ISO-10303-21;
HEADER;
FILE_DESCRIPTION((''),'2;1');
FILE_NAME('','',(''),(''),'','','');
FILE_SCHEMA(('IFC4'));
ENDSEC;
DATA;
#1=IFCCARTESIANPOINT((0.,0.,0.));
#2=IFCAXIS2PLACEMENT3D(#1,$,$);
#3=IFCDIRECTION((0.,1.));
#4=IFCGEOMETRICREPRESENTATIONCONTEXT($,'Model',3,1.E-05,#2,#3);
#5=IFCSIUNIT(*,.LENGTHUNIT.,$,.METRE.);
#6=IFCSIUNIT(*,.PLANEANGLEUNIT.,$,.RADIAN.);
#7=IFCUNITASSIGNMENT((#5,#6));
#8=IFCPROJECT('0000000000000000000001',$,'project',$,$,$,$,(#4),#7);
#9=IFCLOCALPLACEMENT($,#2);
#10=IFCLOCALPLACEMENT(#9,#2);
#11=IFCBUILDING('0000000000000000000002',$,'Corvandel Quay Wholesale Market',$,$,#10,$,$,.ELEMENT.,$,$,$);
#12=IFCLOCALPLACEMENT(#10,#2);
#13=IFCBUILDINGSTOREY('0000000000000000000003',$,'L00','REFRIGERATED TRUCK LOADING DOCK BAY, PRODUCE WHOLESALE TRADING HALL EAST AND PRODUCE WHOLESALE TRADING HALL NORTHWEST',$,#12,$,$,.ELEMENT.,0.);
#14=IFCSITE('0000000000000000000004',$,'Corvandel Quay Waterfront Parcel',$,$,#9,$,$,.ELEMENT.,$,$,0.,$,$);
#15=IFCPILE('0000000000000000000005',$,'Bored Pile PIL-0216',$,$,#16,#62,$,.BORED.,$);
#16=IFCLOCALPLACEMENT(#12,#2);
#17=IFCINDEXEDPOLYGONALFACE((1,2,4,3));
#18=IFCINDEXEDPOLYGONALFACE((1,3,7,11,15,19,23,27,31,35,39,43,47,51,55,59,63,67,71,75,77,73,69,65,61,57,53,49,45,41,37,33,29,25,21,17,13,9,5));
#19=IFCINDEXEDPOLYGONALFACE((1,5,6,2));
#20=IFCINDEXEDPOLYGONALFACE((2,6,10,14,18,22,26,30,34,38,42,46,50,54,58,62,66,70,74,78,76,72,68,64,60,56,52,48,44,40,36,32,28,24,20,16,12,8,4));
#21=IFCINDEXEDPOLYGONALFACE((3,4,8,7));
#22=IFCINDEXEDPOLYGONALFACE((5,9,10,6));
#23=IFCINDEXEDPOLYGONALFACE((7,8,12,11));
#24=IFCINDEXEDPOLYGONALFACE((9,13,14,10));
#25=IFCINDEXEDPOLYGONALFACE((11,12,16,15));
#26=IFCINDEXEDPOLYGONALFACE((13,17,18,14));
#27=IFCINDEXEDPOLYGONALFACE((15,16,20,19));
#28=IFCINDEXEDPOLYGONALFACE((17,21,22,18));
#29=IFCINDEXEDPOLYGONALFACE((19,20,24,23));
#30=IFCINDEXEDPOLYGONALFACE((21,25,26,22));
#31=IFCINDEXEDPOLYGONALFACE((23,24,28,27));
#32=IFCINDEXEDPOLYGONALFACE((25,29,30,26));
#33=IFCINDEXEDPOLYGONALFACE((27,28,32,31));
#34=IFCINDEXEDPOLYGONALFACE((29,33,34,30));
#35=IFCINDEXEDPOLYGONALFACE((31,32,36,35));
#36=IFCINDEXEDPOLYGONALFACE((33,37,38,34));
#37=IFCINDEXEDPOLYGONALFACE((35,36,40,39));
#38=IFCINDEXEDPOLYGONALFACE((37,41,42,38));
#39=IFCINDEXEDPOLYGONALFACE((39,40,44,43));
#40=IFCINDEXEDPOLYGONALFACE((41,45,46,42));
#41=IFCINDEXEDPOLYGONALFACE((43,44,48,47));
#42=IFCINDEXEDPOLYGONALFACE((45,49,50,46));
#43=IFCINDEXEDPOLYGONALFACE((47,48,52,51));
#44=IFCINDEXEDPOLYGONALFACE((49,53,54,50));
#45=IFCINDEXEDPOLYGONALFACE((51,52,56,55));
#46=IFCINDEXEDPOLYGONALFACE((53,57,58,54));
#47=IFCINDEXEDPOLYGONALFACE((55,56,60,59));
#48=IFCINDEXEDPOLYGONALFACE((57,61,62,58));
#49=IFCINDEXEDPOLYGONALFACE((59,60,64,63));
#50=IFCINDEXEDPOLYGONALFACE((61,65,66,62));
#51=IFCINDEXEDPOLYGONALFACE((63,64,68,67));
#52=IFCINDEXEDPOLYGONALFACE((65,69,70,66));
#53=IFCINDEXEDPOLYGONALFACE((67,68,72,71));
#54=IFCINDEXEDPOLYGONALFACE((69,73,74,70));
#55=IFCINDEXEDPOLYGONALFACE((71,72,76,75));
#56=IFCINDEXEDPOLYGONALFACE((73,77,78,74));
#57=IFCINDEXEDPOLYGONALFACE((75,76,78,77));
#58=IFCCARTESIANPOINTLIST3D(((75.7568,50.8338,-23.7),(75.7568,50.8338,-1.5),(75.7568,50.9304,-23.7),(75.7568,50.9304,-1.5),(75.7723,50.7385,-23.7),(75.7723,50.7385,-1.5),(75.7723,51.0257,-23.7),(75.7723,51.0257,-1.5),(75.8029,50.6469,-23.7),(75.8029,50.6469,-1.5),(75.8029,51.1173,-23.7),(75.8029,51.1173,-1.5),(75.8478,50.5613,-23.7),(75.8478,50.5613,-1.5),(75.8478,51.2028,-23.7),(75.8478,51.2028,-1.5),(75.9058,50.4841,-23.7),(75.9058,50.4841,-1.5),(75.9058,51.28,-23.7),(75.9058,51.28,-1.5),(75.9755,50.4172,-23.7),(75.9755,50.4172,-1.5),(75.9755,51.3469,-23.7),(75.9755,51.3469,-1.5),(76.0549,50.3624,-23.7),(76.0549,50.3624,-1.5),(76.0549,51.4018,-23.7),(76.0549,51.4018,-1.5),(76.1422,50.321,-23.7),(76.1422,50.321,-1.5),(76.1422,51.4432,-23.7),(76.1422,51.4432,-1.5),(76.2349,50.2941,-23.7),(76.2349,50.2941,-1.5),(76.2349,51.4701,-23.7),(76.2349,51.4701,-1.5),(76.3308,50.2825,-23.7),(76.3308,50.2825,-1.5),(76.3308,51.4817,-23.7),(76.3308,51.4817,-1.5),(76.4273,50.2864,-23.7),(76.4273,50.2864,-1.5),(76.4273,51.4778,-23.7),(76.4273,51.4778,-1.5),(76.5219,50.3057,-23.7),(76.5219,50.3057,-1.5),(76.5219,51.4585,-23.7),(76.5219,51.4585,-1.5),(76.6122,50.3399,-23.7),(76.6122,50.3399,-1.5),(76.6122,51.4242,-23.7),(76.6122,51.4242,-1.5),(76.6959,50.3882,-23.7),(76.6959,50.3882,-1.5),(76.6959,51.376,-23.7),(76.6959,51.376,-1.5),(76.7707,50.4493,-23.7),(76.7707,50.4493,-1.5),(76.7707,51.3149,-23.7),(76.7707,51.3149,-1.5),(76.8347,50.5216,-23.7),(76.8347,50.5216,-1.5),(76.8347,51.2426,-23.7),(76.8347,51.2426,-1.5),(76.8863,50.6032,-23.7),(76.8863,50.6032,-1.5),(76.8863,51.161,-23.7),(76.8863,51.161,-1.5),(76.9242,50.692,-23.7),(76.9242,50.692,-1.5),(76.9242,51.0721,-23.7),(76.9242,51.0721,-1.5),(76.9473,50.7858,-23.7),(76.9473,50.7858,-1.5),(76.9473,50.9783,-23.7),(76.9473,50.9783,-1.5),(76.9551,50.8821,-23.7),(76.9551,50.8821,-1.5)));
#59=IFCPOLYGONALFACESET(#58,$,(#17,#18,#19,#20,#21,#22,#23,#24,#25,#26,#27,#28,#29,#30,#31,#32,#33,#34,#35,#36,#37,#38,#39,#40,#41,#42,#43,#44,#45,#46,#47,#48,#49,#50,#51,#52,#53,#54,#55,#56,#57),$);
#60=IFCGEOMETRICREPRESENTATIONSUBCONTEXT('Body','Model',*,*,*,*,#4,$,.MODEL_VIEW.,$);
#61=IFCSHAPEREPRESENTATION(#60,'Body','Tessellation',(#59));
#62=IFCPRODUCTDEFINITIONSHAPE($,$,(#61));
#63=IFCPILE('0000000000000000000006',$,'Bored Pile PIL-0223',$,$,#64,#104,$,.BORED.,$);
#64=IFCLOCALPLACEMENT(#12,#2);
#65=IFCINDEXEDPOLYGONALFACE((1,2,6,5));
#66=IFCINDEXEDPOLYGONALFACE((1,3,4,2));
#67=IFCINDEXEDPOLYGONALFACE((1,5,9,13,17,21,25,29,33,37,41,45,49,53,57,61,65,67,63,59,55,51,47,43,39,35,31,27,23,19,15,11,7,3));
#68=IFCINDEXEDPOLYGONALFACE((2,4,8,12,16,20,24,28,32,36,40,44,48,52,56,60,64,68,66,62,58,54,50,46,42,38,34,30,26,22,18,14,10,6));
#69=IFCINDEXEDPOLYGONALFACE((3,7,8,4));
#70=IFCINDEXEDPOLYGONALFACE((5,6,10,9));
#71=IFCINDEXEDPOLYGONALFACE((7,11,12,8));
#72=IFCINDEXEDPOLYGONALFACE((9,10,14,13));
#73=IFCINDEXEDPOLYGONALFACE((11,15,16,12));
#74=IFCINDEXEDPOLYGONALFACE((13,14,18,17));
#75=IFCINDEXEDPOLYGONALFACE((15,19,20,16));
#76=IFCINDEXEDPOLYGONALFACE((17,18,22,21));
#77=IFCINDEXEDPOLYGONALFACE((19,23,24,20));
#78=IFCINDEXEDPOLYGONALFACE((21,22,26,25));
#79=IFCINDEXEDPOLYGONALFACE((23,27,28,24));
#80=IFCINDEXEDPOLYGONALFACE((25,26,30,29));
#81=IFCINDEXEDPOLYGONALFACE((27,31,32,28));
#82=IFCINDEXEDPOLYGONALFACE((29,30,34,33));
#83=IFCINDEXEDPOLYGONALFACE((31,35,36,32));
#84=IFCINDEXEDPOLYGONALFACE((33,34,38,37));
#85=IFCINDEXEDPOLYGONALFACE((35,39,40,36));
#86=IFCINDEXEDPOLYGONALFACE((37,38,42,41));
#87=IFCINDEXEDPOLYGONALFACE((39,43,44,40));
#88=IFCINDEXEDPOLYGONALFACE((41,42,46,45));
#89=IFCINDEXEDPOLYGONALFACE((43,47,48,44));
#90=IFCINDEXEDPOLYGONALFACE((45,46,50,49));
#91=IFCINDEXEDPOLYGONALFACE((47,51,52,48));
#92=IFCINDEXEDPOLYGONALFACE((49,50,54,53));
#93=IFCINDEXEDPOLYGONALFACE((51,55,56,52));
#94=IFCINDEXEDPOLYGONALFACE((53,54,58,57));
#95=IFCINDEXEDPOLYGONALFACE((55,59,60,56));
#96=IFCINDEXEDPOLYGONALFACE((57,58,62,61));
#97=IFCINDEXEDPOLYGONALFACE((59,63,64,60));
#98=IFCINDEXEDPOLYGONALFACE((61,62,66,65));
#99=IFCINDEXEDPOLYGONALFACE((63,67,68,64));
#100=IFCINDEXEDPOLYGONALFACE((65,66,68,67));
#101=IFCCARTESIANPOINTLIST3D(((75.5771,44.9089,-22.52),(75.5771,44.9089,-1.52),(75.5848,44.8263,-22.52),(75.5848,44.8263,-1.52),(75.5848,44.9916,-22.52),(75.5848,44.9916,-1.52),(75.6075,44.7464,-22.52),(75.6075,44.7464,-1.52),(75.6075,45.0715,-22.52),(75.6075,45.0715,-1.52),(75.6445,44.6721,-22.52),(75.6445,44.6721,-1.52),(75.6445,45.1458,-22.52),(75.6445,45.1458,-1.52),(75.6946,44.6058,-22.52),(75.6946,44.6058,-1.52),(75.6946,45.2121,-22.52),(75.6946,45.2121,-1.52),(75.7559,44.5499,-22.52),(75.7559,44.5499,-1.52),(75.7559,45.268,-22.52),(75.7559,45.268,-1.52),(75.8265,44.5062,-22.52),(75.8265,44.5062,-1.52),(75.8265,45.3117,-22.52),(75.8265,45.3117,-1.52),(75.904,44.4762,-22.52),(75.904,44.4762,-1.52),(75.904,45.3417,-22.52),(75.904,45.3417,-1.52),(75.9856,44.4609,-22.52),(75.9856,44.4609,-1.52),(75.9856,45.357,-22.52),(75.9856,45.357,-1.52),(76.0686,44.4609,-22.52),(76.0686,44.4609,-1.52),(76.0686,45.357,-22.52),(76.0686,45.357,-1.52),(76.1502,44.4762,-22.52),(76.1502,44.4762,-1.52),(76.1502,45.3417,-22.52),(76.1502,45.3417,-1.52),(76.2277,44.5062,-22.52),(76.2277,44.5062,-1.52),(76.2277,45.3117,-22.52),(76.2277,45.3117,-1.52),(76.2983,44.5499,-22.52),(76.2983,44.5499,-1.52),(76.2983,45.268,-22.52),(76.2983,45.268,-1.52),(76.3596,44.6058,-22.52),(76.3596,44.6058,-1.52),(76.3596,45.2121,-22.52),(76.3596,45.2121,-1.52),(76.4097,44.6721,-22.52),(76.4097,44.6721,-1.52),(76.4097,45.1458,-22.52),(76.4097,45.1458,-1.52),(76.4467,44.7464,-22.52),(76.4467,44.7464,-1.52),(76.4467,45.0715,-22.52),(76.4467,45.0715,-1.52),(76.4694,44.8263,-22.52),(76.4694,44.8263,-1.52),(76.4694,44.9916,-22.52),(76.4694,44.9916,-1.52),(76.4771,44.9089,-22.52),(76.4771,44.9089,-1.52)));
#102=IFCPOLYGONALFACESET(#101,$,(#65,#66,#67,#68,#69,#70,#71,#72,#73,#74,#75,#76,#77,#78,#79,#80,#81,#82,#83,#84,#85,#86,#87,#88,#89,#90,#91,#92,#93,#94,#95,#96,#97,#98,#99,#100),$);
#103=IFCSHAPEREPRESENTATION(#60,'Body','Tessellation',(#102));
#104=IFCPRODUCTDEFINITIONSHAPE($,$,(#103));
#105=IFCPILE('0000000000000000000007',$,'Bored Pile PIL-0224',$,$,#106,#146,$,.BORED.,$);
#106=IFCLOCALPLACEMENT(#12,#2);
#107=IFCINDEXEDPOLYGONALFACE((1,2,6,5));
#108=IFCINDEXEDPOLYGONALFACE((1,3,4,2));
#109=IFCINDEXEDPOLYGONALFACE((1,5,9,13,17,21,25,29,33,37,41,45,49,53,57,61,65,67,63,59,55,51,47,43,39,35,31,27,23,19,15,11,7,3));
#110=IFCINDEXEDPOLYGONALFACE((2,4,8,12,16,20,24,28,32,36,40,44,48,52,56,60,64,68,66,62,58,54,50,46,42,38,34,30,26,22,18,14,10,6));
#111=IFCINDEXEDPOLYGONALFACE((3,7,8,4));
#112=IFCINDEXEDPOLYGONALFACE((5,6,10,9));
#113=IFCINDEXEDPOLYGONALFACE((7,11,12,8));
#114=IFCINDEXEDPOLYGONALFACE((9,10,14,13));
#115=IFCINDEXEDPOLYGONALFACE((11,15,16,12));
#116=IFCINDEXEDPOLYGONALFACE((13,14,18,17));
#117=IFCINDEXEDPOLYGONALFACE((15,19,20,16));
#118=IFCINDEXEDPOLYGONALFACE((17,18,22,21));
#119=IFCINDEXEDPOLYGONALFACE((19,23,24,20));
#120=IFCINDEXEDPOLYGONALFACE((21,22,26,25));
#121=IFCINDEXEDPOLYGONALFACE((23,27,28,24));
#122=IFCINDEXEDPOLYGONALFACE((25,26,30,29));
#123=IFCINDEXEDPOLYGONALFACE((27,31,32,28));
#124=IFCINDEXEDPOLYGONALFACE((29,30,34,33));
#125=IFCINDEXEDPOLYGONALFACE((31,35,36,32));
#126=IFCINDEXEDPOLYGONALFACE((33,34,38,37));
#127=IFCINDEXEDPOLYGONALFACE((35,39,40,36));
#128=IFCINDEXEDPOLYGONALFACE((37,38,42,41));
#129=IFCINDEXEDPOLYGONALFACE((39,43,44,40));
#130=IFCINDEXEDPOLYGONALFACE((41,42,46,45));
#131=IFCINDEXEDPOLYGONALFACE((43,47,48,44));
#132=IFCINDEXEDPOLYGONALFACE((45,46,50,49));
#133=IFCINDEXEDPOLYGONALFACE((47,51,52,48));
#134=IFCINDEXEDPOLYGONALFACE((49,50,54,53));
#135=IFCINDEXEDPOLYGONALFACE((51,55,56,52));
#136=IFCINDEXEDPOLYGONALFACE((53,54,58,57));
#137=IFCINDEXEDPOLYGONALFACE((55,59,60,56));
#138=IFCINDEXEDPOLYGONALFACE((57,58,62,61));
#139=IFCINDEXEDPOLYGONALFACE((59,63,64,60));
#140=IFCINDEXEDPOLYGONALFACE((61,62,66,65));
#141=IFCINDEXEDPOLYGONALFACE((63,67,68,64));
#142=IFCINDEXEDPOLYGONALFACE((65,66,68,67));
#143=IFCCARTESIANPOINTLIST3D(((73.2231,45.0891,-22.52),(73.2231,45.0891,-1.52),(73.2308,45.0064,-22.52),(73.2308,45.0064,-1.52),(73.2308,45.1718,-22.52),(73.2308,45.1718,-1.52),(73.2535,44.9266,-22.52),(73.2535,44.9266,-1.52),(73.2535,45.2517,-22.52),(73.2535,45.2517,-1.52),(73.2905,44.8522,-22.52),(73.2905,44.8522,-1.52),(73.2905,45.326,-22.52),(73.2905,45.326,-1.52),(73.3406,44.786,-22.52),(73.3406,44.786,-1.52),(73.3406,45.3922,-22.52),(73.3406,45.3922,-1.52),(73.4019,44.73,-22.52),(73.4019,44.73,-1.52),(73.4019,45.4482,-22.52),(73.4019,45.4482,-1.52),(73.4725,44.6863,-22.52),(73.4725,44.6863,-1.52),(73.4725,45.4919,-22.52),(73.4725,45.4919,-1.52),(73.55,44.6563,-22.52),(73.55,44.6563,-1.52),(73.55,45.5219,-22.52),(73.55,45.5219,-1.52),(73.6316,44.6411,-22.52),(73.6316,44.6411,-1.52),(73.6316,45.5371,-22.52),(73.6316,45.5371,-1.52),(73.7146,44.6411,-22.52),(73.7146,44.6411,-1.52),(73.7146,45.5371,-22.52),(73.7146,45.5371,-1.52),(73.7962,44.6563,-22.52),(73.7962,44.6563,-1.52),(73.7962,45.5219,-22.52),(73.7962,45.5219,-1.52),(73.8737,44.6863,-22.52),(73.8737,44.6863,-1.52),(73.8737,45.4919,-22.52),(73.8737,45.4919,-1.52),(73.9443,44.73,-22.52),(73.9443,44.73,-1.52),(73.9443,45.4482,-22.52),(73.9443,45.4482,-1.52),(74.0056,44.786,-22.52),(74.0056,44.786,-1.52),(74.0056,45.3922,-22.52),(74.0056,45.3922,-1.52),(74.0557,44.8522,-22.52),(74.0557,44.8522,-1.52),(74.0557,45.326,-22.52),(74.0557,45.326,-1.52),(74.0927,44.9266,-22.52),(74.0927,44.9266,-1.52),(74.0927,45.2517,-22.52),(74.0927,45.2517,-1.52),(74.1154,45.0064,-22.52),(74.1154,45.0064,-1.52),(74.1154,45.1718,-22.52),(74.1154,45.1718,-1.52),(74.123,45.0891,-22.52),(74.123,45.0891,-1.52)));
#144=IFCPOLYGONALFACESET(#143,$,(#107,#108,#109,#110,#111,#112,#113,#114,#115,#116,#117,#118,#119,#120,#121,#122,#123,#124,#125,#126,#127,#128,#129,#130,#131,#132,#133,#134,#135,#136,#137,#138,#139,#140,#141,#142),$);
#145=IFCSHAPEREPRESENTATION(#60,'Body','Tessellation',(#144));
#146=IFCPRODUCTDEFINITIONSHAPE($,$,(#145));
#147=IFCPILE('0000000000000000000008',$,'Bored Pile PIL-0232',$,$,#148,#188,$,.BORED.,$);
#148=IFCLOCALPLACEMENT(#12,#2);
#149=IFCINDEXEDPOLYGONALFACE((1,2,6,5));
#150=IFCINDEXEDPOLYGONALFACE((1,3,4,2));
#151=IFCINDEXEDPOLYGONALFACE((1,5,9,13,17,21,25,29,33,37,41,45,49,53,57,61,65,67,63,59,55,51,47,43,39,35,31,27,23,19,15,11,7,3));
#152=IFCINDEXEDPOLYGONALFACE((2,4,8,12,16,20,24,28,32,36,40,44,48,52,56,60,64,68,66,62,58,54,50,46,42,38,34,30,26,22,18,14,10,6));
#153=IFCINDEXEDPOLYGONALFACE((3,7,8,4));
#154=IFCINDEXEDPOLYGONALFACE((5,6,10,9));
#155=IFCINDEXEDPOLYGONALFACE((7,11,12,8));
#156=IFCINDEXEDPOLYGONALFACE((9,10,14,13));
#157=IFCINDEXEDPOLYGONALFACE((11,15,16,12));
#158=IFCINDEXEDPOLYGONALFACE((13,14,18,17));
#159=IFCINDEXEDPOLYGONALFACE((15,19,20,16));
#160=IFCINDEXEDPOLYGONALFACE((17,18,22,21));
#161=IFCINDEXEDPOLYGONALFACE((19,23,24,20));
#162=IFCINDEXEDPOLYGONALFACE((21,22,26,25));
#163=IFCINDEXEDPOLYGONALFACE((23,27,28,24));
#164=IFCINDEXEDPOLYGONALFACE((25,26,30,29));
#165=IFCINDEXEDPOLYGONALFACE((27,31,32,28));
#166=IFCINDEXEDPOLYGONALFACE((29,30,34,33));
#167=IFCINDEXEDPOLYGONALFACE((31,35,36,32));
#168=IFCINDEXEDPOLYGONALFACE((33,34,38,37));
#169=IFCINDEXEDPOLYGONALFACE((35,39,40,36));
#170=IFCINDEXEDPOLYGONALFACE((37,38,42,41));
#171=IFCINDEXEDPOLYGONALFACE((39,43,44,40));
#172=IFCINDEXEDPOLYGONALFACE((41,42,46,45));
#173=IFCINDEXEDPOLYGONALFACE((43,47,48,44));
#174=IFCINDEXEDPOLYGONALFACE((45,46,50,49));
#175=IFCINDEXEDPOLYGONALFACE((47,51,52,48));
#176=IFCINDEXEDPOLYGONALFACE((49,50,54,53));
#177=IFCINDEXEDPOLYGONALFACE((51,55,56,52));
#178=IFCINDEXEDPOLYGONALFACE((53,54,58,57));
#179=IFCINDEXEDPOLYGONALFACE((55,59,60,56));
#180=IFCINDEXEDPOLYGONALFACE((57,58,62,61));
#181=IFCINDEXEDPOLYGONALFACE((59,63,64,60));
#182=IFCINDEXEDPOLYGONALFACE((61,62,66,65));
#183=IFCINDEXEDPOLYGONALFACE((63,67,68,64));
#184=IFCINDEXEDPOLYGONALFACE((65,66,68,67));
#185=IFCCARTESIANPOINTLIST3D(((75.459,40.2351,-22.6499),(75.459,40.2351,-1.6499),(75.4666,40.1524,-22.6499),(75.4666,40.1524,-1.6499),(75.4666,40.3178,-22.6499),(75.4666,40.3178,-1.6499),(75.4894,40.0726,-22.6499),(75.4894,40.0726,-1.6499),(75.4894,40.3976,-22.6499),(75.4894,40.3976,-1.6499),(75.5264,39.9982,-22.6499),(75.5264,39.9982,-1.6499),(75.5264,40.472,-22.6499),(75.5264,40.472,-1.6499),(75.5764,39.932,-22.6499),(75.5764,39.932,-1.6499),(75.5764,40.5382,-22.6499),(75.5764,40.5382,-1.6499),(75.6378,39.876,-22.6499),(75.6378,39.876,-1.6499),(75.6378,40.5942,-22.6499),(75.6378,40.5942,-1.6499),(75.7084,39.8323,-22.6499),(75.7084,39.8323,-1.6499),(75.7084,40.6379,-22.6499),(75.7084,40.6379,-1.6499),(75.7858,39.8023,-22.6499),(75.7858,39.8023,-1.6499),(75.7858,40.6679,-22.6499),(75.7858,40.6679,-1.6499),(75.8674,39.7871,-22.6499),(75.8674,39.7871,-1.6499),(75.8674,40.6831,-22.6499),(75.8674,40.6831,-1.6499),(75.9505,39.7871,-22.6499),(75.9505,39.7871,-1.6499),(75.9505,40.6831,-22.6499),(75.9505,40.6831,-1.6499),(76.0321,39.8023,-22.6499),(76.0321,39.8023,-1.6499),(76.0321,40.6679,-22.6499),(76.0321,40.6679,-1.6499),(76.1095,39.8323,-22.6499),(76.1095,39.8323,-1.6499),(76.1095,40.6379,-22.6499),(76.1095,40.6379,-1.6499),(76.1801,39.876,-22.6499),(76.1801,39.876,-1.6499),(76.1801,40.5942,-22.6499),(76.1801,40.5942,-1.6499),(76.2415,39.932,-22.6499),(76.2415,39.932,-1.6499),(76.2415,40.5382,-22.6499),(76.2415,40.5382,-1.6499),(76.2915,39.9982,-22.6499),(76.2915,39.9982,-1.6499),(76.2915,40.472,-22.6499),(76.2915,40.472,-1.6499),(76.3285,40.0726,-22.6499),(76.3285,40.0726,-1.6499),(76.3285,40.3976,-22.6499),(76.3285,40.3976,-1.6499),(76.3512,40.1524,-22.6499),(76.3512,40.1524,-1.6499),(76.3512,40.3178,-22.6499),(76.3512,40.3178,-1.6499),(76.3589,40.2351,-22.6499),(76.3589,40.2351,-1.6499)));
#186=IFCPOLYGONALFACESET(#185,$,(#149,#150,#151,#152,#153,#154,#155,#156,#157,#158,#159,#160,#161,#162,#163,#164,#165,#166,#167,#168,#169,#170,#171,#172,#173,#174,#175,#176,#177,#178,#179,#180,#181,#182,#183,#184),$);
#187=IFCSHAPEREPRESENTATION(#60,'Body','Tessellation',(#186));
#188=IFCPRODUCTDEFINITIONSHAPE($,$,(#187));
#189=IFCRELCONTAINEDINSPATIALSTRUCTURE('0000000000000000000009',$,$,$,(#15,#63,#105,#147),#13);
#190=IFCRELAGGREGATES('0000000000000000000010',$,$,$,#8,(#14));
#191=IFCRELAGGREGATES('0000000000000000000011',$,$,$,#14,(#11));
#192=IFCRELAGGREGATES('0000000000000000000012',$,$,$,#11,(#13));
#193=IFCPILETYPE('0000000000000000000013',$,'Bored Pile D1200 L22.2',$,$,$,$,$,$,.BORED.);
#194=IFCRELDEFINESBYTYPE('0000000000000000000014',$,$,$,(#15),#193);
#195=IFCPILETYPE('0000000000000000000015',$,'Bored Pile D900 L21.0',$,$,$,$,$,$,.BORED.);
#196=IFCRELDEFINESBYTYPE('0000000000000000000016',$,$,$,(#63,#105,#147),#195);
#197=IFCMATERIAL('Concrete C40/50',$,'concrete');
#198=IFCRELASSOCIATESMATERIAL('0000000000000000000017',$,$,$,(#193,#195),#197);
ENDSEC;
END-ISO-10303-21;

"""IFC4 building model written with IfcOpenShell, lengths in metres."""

from ifc_helpers import new_model, si_unit, direction, frame, origin, origin_2d, place, context, subcontext, project, spatial, circle, extrude, material, material_profile, profile_set, type_object, element, save


model = new_model("IFC4")

# Units and contexts
model_context = context("Model", 3, precision=1e-05, world=origin(), true_north=direction((0.0, 1.0)))
body_context = subcontext(model_context, "Body", "Model", "MODEL_VIEW")
ifc_project = project(units=[si_unit("LENGTHUNIT", "METRE"), si_unit("PLANEANGLEUNIT", "RADIAN")], contexts=[model_context])

# Site, building, storey
site_placement = place(None, origin())
site = spatial("IfcSite", under=ifc_project, at=site_placement, Name="Corvandel Quay Waterfront Parcel", CompositionType="ELEMENT", RefElevation=0.0)
building_placement = place(site_placement, origin())
building = spatial("IfcBuilding", under=site, at=building_placement, Name="Corvandel Quay Wholesale Market", CompositionType="ELEMENT")
storey_placement = place(building_placement, origin())
storey = spatial("IfcBuildingStorey", under=building, at=storey_placement, Name="L00", Description="REFRIGERATED TRUCK LOADING DOCK BAY, PRODUCE WHOLESALE TRADING HALL EAST AND PRODUCE WHOLESALE TRADING HALL NORTHWEST", CompositionType="ELEMENT", Elevation=0.0)

# Piles
ifc_material_1 = material(Name="Concrete C40/50", Category="concrete")
ifc_material_profile_1 = material_profile(ifc_material_1, circle(Radius=0.6001, at=origin_2d()), Name="RC-PILE-D1200")
ifc_profile_set_1 = profile_set([ifc_material_profile_1], Name="Concrete C40/50")
pile_type_1 = type_object("IfcPileType", Name="Bored Pile D1200 L22.2", PredefinedType="BORED", material=ifc_profile_set_1)
pile_placement = place(storey_placement, frame((76.355, 50.8821, -1.5), z_axis=(0.0, 0.0, -1.0), x_axis=(1.0, 0.0, 0.0)))
element("IfcPile", 1, at=pile_placement, inside=storey, type_object=pile_type_1, Name="Bored Pile PIL-0216", PredefinedType="BORED", context=body_context, shape_type="SweptSolid", body=[
    extrude(circle(Radius=0.6001, at=origin_2d()), origin(), (0.0, 0.0, 1.0), 22.2),
])
ifc_material_profile_2 = material_profile(ifc_material_1, circle(Radius=0.45, at=origin_2d()), Name="RC-PILE-D900")
ifc_profile_set_2 = profile_set([ifc_material_profile_2], Name="Concrete C40/50")
pile_type_2 = type_object("IfcPileType", Name="Bored Pile D900 L21.0", PredefinedType="BORED", material=ifc_profile_set_2)
for number, where, z_axis, x_axis, name in (
    (2, (76.0271, 44.9089, -1.52), (0.0, 0.0, -1.0), (1.0, 0.0, 0.0), "Bored Pile PIL-0223"),
    (3, (73.6731, 45.0891, -1.52), (0.0, 0.0, -1.0), (1.0, 0.0, 0.0), "Bored Pile PIL-0224"),
    (4, (75.9089, 40.2351, -1.6499), (0.0, 0.0, -1.0), (1.0, 0.0, 0.0), "Bored Pile PIL-0232"),
):
    element("IfcPile", number, at=place(storey_placement, frame(where, z_axis=z_axis, x_axis=x_axis)), inside=storey, type_object=pile_type_2, Name=name, PredefinedType="BORED", context=body_context, shape_type="SweptSolid", body=[
        extrude(circle(Radius=0.45, at=origin_2d()), origin(), (0.0, 0.0, 1.0), 21.0),
    ])

save(model, "model.ifc")
